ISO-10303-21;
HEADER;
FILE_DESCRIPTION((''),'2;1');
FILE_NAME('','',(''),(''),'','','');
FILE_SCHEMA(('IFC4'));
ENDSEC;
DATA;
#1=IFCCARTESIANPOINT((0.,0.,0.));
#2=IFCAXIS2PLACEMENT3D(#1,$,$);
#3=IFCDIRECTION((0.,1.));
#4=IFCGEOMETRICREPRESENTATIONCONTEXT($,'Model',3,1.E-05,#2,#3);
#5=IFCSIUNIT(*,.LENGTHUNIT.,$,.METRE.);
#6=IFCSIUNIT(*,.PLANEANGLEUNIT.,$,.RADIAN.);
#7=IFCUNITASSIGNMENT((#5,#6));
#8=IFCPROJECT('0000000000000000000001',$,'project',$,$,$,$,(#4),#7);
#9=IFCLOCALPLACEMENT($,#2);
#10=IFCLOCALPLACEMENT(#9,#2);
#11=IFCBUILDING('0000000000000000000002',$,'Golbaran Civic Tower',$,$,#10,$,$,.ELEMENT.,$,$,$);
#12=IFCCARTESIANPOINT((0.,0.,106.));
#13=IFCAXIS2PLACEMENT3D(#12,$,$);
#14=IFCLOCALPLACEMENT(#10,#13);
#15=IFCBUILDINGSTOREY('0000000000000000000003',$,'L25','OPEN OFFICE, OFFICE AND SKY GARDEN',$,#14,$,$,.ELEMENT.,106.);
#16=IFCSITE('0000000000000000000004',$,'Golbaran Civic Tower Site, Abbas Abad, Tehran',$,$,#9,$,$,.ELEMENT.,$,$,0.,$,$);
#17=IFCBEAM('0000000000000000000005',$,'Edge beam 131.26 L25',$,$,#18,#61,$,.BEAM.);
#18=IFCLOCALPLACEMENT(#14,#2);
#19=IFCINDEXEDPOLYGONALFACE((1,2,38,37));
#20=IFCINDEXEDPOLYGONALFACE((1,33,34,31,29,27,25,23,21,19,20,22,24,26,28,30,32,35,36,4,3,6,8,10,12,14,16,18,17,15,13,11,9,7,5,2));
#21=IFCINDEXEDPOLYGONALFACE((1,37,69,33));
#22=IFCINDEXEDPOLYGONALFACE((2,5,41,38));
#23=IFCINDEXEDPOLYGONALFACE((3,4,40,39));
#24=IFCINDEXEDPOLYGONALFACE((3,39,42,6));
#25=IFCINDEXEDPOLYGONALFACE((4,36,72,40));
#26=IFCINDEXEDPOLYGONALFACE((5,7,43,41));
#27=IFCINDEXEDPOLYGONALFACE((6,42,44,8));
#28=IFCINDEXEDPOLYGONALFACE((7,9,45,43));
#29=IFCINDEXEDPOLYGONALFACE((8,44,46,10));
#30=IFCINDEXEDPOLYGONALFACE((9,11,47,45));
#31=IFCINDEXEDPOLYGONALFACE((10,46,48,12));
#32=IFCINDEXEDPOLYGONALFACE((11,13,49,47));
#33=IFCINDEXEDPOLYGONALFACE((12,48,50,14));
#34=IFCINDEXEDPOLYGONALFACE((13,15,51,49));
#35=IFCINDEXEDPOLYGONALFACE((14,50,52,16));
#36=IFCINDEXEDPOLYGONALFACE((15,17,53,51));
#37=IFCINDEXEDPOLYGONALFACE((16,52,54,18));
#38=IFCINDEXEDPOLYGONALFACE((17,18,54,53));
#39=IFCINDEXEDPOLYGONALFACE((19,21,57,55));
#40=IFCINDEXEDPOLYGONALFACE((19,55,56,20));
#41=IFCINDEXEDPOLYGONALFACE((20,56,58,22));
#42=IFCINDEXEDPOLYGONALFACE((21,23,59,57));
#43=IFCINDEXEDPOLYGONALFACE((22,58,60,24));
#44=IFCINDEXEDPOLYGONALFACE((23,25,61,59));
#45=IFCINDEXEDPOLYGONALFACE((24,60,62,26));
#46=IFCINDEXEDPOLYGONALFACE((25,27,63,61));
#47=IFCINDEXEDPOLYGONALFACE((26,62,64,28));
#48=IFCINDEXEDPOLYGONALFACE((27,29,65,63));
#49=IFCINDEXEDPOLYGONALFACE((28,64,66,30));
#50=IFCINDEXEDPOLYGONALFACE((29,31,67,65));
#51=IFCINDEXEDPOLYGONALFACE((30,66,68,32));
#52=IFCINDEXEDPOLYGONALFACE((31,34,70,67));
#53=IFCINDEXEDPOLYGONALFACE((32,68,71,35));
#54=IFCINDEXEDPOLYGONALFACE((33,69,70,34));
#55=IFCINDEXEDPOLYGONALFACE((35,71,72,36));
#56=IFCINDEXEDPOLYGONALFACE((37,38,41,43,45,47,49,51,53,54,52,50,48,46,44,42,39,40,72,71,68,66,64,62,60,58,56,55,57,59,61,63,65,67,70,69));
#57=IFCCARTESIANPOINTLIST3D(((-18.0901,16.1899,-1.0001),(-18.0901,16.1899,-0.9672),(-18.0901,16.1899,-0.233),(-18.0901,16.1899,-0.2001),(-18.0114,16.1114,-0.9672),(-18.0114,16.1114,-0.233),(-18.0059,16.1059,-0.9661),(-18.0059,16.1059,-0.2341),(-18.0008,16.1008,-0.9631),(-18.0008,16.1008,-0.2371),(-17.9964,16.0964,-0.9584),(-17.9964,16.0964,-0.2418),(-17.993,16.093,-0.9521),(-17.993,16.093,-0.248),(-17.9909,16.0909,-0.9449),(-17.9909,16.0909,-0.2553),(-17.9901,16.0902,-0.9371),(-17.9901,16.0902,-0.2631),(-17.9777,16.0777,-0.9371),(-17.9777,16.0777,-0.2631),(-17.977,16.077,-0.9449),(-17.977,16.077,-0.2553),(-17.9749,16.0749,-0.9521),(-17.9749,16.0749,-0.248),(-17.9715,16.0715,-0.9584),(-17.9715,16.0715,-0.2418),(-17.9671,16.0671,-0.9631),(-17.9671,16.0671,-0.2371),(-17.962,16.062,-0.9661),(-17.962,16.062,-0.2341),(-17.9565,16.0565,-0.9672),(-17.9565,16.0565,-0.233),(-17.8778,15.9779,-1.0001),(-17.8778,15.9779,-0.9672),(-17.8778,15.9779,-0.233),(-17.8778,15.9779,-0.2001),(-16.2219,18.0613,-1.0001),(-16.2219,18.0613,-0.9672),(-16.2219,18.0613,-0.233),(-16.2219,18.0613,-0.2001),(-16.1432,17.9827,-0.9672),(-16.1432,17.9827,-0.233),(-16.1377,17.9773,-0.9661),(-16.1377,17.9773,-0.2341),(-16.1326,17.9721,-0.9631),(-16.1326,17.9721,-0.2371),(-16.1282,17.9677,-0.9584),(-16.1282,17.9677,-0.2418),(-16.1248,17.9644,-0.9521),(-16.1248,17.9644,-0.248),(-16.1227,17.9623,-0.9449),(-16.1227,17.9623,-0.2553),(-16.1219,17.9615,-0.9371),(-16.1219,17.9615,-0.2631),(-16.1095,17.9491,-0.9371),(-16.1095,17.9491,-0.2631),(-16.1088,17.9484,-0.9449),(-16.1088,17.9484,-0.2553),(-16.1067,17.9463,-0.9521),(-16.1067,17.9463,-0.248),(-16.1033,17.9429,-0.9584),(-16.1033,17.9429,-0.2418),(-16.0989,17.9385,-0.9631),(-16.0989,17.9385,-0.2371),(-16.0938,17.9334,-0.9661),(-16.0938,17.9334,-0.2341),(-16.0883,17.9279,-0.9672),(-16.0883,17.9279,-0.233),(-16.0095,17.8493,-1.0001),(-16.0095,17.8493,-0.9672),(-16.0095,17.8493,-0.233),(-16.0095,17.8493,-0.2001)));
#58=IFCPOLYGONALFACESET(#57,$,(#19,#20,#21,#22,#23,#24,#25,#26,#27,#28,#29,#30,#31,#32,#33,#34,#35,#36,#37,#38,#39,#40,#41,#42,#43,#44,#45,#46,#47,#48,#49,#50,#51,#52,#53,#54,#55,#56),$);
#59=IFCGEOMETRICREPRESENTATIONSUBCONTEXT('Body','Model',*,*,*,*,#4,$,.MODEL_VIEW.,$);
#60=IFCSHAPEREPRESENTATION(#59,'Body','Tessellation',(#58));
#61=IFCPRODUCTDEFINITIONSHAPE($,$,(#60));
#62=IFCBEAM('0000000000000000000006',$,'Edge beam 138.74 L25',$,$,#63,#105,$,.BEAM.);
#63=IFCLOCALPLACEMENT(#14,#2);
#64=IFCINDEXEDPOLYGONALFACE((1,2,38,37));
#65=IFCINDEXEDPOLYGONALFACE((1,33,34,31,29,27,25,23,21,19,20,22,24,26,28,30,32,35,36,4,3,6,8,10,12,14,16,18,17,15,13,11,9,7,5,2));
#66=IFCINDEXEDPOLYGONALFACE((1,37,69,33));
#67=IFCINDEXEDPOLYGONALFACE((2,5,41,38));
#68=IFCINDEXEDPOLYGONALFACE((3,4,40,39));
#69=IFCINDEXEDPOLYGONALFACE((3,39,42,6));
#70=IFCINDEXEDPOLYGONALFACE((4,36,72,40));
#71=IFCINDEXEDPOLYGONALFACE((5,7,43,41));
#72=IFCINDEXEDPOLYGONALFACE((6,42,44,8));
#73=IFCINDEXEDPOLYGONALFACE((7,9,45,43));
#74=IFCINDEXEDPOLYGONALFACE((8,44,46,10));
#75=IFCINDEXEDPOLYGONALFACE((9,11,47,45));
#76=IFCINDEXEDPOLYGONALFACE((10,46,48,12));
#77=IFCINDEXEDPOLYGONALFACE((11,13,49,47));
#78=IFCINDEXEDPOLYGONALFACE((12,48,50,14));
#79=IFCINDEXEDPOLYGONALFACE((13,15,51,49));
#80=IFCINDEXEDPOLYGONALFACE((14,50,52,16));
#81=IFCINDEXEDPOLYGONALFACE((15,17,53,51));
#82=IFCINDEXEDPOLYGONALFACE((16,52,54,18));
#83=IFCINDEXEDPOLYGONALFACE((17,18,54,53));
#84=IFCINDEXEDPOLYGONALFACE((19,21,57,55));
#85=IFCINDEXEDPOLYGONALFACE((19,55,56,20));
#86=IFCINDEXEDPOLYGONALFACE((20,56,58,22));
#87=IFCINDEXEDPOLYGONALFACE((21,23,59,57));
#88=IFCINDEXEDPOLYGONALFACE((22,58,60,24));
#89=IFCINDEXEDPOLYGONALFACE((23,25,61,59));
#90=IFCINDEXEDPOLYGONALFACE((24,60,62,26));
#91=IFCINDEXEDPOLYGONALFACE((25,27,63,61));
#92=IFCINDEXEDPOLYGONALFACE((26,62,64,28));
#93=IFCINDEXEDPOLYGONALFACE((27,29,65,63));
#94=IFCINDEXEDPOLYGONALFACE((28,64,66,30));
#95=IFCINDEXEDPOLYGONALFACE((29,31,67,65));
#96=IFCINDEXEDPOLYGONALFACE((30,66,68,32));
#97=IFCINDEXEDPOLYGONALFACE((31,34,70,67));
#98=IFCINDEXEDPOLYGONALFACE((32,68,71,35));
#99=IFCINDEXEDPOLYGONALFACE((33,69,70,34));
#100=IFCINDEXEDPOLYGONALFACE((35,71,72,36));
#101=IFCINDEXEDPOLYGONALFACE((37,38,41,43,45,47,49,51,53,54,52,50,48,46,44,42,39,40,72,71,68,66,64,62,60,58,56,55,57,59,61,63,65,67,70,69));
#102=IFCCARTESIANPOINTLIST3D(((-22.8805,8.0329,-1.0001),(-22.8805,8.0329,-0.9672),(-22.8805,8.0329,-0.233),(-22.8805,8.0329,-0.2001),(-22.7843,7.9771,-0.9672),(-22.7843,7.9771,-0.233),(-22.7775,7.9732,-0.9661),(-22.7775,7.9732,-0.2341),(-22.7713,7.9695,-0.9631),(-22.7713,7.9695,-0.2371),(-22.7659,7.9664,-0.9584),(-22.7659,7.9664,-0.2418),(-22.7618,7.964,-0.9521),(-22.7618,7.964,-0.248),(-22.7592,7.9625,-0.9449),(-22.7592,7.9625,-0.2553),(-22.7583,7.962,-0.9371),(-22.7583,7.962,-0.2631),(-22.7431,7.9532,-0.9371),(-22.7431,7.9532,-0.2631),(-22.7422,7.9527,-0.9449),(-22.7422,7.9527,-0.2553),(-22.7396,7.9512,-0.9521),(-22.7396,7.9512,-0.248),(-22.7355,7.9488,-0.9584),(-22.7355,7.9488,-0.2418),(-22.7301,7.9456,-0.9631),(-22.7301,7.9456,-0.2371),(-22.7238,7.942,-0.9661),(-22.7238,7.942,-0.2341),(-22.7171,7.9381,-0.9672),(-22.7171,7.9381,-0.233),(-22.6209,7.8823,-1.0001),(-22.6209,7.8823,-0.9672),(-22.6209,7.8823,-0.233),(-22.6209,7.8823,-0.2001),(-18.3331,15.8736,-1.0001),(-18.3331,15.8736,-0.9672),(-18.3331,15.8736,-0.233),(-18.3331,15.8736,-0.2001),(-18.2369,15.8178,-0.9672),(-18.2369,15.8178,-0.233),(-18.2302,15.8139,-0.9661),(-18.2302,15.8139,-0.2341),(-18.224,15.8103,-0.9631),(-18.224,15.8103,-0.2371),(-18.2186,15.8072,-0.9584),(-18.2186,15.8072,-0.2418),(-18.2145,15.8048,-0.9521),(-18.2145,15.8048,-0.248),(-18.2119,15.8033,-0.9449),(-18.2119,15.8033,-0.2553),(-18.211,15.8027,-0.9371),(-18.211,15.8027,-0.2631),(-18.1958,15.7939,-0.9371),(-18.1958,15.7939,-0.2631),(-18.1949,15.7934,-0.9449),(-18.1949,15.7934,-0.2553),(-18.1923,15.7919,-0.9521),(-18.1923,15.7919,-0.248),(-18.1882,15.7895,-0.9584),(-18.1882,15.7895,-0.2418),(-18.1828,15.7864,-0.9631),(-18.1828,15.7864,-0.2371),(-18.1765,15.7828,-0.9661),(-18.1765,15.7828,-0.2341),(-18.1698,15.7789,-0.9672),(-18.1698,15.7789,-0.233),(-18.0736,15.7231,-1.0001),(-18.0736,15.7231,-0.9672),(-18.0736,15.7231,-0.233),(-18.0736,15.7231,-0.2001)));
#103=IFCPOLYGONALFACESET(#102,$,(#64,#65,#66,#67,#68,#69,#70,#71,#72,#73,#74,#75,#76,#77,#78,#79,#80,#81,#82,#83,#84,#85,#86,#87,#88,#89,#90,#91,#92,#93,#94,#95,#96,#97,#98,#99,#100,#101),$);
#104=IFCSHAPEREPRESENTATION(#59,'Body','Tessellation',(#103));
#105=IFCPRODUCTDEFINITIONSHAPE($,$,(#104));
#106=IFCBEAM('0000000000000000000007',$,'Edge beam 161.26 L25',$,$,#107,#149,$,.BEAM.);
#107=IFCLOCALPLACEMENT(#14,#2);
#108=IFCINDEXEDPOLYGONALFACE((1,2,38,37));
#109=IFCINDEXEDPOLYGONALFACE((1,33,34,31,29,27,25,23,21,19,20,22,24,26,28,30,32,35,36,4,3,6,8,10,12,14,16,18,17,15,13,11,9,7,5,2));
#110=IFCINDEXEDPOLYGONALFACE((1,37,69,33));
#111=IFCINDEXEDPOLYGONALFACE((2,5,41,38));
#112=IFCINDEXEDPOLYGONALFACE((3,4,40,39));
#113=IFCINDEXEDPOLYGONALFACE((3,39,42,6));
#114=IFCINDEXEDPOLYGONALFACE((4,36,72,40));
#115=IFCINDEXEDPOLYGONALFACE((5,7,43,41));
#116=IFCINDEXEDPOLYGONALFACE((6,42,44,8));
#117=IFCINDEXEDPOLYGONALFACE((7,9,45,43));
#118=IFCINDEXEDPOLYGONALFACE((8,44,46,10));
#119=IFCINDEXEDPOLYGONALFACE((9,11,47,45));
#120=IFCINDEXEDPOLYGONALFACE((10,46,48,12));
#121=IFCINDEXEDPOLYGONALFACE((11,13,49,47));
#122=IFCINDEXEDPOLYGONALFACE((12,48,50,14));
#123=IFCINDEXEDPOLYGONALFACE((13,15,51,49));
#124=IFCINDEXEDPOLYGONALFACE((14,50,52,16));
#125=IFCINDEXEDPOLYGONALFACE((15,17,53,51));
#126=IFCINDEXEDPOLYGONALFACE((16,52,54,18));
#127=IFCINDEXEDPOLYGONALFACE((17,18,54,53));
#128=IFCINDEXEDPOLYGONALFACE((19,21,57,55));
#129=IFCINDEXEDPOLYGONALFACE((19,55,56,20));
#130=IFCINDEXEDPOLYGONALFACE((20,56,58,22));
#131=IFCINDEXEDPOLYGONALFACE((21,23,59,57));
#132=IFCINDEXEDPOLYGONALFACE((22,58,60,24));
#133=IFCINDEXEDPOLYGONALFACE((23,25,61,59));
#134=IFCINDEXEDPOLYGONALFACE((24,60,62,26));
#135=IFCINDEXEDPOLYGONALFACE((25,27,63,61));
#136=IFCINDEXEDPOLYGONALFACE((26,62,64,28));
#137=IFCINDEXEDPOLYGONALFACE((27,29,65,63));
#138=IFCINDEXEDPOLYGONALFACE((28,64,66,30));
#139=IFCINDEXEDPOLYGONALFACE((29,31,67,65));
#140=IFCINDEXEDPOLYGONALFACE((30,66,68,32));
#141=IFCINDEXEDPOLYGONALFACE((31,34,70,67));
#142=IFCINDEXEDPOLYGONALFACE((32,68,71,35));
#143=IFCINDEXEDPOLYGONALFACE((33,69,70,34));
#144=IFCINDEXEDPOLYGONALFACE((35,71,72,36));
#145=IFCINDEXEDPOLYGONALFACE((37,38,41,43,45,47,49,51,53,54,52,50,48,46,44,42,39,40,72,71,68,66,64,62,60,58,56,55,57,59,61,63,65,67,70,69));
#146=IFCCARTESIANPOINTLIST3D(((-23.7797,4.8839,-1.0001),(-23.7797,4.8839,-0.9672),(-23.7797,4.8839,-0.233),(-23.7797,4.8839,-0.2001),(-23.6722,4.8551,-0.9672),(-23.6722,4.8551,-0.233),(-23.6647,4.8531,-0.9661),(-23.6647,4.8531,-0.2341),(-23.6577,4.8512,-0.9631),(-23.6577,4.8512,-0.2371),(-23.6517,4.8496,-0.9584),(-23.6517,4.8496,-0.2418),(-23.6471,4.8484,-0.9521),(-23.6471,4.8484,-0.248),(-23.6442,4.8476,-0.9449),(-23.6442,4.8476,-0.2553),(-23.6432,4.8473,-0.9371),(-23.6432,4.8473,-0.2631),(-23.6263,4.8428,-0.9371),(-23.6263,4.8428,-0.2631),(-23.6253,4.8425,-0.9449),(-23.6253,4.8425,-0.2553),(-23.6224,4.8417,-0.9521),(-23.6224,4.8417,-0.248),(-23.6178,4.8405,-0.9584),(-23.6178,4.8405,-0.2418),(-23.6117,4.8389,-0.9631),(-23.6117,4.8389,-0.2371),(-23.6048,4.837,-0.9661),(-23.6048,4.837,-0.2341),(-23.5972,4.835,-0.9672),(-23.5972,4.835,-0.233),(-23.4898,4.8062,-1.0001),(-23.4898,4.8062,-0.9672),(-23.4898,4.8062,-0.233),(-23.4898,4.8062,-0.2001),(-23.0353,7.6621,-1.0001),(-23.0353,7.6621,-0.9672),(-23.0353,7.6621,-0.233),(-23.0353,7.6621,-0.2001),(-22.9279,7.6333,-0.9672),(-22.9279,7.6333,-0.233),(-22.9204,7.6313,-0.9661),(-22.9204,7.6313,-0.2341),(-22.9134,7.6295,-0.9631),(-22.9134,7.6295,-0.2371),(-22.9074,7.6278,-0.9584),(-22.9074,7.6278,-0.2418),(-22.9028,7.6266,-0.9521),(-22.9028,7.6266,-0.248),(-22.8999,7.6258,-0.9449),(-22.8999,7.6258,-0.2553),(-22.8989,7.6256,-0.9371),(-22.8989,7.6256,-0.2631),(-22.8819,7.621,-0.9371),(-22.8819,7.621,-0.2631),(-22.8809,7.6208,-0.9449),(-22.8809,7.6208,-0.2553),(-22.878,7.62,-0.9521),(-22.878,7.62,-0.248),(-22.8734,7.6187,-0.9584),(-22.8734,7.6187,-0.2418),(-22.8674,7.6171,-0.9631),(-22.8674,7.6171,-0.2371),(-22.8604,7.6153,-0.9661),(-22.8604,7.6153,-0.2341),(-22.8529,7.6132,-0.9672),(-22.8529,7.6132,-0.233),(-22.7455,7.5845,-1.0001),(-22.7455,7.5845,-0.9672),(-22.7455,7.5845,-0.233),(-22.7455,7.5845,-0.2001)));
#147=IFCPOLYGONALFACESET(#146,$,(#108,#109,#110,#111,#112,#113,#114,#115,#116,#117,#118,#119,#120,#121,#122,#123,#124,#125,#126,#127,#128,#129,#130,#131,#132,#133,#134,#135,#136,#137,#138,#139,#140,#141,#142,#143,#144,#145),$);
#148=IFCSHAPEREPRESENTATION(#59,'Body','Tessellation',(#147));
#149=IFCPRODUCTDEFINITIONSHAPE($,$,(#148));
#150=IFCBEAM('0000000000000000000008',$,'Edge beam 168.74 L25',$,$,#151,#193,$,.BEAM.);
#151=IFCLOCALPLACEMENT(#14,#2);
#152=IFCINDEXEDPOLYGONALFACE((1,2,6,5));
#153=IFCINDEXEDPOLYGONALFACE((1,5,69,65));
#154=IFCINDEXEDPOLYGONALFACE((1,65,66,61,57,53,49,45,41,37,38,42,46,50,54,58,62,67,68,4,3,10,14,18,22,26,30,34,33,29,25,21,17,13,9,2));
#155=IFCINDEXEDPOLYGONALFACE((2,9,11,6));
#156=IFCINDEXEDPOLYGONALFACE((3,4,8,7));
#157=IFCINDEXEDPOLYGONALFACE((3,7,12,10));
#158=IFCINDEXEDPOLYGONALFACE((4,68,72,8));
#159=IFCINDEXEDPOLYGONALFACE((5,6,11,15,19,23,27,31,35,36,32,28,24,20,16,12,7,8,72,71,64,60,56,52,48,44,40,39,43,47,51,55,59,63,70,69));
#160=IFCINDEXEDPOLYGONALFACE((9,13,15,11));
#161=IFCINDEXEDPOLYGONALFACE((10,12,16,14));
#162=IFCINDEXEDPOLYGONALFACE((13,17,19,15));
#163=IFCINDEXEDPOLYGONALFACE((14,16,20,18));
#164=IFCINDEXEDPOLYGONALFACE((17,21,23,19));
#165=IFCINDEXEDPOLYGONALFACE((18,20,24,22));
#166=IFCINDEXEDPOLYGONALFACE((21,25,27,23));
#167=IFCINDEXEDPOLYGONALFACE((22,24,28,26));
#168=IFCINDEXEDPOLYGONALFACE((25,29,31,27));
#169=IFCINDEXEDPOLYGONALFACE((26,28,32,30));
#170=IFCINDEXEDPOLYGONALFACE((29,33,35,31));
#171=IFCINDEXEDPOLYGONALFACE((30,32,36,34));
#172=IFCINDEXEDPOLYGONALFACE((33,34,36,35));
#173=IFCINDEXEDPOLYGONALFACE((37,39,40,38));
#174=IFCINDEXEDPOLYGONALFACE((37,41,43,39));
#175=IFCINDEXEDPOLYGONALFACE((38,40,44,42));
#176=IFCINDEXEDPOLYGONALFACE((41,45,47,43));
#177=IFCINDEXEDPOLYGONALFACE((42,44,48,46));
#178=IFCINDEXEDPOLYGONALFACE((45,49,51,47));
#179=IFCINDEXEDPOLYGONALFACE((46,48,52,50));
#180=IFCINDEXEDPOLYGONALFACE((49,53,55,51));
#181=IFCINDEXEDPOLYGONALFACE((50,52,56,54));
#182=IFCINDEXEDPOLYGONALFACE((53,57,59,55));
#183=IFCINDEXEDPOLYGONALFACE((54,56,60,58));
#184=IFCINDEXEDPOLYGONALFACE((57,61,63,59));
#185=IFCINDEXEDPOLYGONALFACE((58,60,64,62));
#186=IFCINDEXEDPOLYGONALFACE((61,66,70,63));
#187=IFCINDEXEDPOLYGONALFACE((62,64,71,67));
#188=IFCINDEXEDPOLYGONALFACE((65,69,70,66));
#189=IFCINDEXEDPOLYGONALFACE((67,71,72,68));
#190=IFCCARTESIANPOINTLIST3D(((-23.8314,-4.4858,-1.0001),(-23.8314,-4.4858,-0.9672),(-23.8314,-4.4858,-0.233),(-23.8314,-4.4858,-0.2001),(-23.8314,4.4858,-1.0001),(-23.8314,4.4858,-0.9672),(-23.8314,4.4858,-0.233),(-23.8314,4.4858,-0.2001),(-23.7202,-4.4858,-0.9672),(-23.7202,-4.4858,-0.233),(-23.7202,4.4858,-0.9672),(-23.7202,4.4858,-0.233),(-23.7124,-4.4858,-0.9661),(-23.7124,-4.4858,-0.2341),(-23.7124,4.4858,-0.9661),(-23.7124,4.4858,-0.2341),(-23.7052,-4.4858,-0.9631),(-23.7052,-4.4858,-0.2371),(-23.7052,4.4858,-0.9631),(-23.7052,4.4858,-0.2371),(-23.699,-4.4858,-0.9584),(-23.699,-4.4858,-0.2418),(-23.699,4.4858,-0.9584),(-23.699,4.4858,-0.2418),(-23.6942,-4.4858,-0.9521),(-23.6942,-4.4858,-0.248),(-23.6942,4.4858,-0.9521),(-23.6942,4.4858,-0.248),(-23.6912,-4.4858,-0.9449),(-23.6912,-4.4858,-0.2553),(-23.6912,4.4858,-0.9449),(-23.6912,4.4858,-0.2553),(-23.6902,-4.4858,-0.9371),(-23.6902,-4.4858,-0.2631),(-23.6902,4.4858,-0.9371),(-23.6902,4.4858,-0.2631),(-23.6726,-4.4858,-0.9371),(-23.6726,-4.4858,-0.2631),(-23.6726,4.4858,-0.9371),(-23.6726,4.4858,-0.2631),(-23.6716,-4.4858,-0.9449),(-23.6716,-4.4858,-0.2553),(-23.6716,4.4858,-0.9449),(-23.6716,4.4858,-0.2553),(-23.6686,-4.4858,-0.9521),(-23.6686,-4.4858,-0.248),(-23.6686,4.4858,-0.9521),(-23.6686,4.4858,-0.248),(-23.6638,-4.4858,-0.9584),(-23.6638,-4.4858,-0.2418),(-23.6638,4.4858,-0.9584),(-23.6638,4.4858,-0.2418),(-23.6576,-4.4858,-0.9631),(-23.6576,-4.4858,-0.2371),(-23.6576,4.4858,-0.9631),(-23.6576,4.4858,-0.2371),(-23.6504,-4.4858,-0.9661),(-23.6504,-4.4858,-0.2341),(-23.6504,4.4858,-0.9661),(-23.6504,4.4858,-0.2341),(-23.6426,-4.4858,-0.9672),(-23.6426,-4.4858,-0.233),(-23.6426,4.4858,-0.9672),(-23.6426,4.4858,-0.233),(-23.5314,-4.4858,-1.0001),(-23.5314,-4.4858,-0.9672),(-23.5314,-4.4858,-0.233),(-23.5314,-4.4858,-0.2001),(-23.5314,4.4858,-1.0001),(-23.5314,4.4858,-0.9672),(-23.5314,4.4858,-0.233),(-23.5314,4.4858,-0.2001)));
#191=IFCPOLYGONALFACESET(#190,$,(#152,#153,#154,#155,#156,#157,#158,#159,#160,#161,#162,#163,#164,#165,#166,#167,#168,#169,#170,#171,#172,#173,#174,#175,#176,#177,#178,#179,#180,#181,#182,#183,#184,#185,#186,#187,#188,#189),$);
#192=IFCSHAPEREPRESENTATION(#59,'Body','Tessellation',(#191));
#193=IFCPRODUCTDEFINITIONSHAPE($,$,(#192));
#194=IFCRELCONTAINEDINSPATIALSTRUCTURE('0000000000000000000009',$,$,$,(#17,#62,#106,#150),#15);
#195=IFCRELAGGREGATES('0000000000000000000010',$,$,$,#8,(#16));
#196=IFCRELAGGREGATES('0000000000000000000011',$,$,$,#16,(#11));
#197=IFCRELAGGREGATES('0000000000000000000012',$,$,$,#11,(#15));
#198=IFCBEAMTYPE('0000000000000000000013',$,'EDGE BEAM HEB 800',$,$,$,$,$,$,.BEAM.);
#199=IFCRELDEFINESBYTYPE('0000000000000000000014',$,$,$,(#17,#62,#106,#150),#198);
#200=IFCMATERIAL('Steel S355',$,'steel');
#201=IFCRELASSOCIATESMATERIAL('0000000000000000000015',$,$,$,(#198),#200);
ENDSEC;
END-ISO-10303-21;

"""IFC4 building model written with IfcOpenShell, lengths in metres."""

from ifc_helpers import new_model, si_unit, direction, frame, origin, origin_2d, place, context, subcontext, project, spatial, i_section, extrude, material, material_profile, profile_set, type_object, element, save


model = new_model("IFC4")

# Units and contexts
model_context = context("Model", 3, precision=1e-05, world=origin(), true_north=direction((0.0, 1.0)))
body_context = subcontext(model_context, "Body", "Model", "MODEL_VIEW")
ifc_project = project(units=[si_unit("LENGTHUNIT", "METRE"), si_unit("PLANEANGLEUNIT", "RADIAN")], contexts=[model_context])

# Site, building, storey
site_placement = place(None, origin())
site = spatial("IfcSite", under=ifc_project, at=site_placement, Name="Golbaran Civic Tower Site, Abbas Abad, Tehran", CompositionType="ELEMENT", RefElevation=0.0)
building_placement = place(site_placement, origin())
building = spatial("IfcBuilding", under=site, at=building_placement, Name="Golbaran Civic Tower", CompositionType="ELEMENT")
storey_placement = place(building_placement, frame((0.0, 0.0, 106.0)))
storey = spatial("IfcBuildingStorey", under=building, at=storey_placement, Name="L25", Description="OPEN OFFICE, OFFICE AND SKY GARDEN", CompositionType="ELEMENT", Elevation=106.0)

# Beams
ifc_material_1 = material(Name="Steel S355", Category="steel")
ifc_material_profile_1 = material_profile(ifc_material_1, i_section(OverallWidth=0.3, OverallDepth=0.8, WebThickness=0.0176, FlangeThickness=0.033, FilletRadius=0.03, at=origin_2d()), Name="HEB 800")
ifc_profile_set_1 = profile_set([ifc_material_profile_1], Name="Steel S355")
beam_type_1 = type_object("IfcBeamType", Name="EDGE BEAM HEB 800", PredefinedType="BEAM", material=ifc_profile_set_1)
beam_1_placement = place(storey_placement, frame((-16.1157, 17.9553, -0.6001), z_axis=(-0.706506, -0.707707, 0.0), x_axis=(0.707707, -0.706506, 0.0)))
element("IfcBeam", 1, at=beam_1_placement, inside=storey, type_object=beam_type_1, Name="Edge beam 131.26 L25", PredefinedType="BEAM", context=body_context, shape_type="SweptSolid", body=[
    extrude(i_section(OverallWidth=0.3, OverallDepth=0.8, WebThickness=0.0176, FlangeThickness=0.033, FilletRadius=0.03, at=origin_2d()), origin(), (0.0, 0.0, 1.0), 2.6443),
])
beam_2_placement = place(storey_placement, frame((-18.2034, 15.7983, -0.6001), z_axis=(-0.501692, -0.865046, 0.0), x_axis=(0.865046, -0.501692, 0.0)))
element("IfcBeam", 2, at=beam_2_placement, inside=storey, type_object=beam_type_1, Name="Edge beam 138.74 L25", PredefinedType="BEAM", context=body_context, shape_type="SweptSolid", body=[
    extrude(i_section(OverallWidth=0.3, OverallDepth=0.8, WebThickness=0.0176, FlangeThickness=0.033, FilletRadius=0.03, at=origin_2d()), origin(), (0.0, 0.0, 1.0), 9.064),
])
beam_3_placement = place(storey_placement, frame((-22.8904, 7.6233, -0.6001), z_axis=(-0.258798, -0.965931, 0.0), x_axis=(0.965931, -0.258798, 0.0)))
element("IfcBeam", 3, at=beam_3_placement, inside=storey, type_object=beam_type_1, Name="Edge beam 161.26 L25", PredefinedType="BEAM", context=body_context, shape_type="SweptSolid", body=[
    extrude(i_section(OverallWidth=0.3, OverallDepth=0.8, WebThickness=0.0176, FlangeThickness=0.033, FilletRadius=0.03, at=origin_2d()), origin(), (0.0, 0.0, 1.0), 2.8762),
])
beam_4_placement = place(storey_placement, frame((-23.6814, 4.4858, -0.6001), z_axis=(0.0, -1.0, 0.0), x_axis=(1.0, 0.0, 0.0)))
element("IfcBeam", 4, at=beam_4_placement, inside=storey, type_object=beam_type_1, Name="Edge beam 168.74 L25", PredefinedType="BEAM", context=body_context, shape_type="SweptSolid", body=[
    extrude(i_section(OverallWidth=0.3, OverallDepth=0.8, WebThickness=0.0176, FlangeThickness=0.033, FilletRadius=0.03, at=origin_2d()), origin(), (0.0, 0.0, 1.0), 8.9717),
])

save(model, "model.ifc")
